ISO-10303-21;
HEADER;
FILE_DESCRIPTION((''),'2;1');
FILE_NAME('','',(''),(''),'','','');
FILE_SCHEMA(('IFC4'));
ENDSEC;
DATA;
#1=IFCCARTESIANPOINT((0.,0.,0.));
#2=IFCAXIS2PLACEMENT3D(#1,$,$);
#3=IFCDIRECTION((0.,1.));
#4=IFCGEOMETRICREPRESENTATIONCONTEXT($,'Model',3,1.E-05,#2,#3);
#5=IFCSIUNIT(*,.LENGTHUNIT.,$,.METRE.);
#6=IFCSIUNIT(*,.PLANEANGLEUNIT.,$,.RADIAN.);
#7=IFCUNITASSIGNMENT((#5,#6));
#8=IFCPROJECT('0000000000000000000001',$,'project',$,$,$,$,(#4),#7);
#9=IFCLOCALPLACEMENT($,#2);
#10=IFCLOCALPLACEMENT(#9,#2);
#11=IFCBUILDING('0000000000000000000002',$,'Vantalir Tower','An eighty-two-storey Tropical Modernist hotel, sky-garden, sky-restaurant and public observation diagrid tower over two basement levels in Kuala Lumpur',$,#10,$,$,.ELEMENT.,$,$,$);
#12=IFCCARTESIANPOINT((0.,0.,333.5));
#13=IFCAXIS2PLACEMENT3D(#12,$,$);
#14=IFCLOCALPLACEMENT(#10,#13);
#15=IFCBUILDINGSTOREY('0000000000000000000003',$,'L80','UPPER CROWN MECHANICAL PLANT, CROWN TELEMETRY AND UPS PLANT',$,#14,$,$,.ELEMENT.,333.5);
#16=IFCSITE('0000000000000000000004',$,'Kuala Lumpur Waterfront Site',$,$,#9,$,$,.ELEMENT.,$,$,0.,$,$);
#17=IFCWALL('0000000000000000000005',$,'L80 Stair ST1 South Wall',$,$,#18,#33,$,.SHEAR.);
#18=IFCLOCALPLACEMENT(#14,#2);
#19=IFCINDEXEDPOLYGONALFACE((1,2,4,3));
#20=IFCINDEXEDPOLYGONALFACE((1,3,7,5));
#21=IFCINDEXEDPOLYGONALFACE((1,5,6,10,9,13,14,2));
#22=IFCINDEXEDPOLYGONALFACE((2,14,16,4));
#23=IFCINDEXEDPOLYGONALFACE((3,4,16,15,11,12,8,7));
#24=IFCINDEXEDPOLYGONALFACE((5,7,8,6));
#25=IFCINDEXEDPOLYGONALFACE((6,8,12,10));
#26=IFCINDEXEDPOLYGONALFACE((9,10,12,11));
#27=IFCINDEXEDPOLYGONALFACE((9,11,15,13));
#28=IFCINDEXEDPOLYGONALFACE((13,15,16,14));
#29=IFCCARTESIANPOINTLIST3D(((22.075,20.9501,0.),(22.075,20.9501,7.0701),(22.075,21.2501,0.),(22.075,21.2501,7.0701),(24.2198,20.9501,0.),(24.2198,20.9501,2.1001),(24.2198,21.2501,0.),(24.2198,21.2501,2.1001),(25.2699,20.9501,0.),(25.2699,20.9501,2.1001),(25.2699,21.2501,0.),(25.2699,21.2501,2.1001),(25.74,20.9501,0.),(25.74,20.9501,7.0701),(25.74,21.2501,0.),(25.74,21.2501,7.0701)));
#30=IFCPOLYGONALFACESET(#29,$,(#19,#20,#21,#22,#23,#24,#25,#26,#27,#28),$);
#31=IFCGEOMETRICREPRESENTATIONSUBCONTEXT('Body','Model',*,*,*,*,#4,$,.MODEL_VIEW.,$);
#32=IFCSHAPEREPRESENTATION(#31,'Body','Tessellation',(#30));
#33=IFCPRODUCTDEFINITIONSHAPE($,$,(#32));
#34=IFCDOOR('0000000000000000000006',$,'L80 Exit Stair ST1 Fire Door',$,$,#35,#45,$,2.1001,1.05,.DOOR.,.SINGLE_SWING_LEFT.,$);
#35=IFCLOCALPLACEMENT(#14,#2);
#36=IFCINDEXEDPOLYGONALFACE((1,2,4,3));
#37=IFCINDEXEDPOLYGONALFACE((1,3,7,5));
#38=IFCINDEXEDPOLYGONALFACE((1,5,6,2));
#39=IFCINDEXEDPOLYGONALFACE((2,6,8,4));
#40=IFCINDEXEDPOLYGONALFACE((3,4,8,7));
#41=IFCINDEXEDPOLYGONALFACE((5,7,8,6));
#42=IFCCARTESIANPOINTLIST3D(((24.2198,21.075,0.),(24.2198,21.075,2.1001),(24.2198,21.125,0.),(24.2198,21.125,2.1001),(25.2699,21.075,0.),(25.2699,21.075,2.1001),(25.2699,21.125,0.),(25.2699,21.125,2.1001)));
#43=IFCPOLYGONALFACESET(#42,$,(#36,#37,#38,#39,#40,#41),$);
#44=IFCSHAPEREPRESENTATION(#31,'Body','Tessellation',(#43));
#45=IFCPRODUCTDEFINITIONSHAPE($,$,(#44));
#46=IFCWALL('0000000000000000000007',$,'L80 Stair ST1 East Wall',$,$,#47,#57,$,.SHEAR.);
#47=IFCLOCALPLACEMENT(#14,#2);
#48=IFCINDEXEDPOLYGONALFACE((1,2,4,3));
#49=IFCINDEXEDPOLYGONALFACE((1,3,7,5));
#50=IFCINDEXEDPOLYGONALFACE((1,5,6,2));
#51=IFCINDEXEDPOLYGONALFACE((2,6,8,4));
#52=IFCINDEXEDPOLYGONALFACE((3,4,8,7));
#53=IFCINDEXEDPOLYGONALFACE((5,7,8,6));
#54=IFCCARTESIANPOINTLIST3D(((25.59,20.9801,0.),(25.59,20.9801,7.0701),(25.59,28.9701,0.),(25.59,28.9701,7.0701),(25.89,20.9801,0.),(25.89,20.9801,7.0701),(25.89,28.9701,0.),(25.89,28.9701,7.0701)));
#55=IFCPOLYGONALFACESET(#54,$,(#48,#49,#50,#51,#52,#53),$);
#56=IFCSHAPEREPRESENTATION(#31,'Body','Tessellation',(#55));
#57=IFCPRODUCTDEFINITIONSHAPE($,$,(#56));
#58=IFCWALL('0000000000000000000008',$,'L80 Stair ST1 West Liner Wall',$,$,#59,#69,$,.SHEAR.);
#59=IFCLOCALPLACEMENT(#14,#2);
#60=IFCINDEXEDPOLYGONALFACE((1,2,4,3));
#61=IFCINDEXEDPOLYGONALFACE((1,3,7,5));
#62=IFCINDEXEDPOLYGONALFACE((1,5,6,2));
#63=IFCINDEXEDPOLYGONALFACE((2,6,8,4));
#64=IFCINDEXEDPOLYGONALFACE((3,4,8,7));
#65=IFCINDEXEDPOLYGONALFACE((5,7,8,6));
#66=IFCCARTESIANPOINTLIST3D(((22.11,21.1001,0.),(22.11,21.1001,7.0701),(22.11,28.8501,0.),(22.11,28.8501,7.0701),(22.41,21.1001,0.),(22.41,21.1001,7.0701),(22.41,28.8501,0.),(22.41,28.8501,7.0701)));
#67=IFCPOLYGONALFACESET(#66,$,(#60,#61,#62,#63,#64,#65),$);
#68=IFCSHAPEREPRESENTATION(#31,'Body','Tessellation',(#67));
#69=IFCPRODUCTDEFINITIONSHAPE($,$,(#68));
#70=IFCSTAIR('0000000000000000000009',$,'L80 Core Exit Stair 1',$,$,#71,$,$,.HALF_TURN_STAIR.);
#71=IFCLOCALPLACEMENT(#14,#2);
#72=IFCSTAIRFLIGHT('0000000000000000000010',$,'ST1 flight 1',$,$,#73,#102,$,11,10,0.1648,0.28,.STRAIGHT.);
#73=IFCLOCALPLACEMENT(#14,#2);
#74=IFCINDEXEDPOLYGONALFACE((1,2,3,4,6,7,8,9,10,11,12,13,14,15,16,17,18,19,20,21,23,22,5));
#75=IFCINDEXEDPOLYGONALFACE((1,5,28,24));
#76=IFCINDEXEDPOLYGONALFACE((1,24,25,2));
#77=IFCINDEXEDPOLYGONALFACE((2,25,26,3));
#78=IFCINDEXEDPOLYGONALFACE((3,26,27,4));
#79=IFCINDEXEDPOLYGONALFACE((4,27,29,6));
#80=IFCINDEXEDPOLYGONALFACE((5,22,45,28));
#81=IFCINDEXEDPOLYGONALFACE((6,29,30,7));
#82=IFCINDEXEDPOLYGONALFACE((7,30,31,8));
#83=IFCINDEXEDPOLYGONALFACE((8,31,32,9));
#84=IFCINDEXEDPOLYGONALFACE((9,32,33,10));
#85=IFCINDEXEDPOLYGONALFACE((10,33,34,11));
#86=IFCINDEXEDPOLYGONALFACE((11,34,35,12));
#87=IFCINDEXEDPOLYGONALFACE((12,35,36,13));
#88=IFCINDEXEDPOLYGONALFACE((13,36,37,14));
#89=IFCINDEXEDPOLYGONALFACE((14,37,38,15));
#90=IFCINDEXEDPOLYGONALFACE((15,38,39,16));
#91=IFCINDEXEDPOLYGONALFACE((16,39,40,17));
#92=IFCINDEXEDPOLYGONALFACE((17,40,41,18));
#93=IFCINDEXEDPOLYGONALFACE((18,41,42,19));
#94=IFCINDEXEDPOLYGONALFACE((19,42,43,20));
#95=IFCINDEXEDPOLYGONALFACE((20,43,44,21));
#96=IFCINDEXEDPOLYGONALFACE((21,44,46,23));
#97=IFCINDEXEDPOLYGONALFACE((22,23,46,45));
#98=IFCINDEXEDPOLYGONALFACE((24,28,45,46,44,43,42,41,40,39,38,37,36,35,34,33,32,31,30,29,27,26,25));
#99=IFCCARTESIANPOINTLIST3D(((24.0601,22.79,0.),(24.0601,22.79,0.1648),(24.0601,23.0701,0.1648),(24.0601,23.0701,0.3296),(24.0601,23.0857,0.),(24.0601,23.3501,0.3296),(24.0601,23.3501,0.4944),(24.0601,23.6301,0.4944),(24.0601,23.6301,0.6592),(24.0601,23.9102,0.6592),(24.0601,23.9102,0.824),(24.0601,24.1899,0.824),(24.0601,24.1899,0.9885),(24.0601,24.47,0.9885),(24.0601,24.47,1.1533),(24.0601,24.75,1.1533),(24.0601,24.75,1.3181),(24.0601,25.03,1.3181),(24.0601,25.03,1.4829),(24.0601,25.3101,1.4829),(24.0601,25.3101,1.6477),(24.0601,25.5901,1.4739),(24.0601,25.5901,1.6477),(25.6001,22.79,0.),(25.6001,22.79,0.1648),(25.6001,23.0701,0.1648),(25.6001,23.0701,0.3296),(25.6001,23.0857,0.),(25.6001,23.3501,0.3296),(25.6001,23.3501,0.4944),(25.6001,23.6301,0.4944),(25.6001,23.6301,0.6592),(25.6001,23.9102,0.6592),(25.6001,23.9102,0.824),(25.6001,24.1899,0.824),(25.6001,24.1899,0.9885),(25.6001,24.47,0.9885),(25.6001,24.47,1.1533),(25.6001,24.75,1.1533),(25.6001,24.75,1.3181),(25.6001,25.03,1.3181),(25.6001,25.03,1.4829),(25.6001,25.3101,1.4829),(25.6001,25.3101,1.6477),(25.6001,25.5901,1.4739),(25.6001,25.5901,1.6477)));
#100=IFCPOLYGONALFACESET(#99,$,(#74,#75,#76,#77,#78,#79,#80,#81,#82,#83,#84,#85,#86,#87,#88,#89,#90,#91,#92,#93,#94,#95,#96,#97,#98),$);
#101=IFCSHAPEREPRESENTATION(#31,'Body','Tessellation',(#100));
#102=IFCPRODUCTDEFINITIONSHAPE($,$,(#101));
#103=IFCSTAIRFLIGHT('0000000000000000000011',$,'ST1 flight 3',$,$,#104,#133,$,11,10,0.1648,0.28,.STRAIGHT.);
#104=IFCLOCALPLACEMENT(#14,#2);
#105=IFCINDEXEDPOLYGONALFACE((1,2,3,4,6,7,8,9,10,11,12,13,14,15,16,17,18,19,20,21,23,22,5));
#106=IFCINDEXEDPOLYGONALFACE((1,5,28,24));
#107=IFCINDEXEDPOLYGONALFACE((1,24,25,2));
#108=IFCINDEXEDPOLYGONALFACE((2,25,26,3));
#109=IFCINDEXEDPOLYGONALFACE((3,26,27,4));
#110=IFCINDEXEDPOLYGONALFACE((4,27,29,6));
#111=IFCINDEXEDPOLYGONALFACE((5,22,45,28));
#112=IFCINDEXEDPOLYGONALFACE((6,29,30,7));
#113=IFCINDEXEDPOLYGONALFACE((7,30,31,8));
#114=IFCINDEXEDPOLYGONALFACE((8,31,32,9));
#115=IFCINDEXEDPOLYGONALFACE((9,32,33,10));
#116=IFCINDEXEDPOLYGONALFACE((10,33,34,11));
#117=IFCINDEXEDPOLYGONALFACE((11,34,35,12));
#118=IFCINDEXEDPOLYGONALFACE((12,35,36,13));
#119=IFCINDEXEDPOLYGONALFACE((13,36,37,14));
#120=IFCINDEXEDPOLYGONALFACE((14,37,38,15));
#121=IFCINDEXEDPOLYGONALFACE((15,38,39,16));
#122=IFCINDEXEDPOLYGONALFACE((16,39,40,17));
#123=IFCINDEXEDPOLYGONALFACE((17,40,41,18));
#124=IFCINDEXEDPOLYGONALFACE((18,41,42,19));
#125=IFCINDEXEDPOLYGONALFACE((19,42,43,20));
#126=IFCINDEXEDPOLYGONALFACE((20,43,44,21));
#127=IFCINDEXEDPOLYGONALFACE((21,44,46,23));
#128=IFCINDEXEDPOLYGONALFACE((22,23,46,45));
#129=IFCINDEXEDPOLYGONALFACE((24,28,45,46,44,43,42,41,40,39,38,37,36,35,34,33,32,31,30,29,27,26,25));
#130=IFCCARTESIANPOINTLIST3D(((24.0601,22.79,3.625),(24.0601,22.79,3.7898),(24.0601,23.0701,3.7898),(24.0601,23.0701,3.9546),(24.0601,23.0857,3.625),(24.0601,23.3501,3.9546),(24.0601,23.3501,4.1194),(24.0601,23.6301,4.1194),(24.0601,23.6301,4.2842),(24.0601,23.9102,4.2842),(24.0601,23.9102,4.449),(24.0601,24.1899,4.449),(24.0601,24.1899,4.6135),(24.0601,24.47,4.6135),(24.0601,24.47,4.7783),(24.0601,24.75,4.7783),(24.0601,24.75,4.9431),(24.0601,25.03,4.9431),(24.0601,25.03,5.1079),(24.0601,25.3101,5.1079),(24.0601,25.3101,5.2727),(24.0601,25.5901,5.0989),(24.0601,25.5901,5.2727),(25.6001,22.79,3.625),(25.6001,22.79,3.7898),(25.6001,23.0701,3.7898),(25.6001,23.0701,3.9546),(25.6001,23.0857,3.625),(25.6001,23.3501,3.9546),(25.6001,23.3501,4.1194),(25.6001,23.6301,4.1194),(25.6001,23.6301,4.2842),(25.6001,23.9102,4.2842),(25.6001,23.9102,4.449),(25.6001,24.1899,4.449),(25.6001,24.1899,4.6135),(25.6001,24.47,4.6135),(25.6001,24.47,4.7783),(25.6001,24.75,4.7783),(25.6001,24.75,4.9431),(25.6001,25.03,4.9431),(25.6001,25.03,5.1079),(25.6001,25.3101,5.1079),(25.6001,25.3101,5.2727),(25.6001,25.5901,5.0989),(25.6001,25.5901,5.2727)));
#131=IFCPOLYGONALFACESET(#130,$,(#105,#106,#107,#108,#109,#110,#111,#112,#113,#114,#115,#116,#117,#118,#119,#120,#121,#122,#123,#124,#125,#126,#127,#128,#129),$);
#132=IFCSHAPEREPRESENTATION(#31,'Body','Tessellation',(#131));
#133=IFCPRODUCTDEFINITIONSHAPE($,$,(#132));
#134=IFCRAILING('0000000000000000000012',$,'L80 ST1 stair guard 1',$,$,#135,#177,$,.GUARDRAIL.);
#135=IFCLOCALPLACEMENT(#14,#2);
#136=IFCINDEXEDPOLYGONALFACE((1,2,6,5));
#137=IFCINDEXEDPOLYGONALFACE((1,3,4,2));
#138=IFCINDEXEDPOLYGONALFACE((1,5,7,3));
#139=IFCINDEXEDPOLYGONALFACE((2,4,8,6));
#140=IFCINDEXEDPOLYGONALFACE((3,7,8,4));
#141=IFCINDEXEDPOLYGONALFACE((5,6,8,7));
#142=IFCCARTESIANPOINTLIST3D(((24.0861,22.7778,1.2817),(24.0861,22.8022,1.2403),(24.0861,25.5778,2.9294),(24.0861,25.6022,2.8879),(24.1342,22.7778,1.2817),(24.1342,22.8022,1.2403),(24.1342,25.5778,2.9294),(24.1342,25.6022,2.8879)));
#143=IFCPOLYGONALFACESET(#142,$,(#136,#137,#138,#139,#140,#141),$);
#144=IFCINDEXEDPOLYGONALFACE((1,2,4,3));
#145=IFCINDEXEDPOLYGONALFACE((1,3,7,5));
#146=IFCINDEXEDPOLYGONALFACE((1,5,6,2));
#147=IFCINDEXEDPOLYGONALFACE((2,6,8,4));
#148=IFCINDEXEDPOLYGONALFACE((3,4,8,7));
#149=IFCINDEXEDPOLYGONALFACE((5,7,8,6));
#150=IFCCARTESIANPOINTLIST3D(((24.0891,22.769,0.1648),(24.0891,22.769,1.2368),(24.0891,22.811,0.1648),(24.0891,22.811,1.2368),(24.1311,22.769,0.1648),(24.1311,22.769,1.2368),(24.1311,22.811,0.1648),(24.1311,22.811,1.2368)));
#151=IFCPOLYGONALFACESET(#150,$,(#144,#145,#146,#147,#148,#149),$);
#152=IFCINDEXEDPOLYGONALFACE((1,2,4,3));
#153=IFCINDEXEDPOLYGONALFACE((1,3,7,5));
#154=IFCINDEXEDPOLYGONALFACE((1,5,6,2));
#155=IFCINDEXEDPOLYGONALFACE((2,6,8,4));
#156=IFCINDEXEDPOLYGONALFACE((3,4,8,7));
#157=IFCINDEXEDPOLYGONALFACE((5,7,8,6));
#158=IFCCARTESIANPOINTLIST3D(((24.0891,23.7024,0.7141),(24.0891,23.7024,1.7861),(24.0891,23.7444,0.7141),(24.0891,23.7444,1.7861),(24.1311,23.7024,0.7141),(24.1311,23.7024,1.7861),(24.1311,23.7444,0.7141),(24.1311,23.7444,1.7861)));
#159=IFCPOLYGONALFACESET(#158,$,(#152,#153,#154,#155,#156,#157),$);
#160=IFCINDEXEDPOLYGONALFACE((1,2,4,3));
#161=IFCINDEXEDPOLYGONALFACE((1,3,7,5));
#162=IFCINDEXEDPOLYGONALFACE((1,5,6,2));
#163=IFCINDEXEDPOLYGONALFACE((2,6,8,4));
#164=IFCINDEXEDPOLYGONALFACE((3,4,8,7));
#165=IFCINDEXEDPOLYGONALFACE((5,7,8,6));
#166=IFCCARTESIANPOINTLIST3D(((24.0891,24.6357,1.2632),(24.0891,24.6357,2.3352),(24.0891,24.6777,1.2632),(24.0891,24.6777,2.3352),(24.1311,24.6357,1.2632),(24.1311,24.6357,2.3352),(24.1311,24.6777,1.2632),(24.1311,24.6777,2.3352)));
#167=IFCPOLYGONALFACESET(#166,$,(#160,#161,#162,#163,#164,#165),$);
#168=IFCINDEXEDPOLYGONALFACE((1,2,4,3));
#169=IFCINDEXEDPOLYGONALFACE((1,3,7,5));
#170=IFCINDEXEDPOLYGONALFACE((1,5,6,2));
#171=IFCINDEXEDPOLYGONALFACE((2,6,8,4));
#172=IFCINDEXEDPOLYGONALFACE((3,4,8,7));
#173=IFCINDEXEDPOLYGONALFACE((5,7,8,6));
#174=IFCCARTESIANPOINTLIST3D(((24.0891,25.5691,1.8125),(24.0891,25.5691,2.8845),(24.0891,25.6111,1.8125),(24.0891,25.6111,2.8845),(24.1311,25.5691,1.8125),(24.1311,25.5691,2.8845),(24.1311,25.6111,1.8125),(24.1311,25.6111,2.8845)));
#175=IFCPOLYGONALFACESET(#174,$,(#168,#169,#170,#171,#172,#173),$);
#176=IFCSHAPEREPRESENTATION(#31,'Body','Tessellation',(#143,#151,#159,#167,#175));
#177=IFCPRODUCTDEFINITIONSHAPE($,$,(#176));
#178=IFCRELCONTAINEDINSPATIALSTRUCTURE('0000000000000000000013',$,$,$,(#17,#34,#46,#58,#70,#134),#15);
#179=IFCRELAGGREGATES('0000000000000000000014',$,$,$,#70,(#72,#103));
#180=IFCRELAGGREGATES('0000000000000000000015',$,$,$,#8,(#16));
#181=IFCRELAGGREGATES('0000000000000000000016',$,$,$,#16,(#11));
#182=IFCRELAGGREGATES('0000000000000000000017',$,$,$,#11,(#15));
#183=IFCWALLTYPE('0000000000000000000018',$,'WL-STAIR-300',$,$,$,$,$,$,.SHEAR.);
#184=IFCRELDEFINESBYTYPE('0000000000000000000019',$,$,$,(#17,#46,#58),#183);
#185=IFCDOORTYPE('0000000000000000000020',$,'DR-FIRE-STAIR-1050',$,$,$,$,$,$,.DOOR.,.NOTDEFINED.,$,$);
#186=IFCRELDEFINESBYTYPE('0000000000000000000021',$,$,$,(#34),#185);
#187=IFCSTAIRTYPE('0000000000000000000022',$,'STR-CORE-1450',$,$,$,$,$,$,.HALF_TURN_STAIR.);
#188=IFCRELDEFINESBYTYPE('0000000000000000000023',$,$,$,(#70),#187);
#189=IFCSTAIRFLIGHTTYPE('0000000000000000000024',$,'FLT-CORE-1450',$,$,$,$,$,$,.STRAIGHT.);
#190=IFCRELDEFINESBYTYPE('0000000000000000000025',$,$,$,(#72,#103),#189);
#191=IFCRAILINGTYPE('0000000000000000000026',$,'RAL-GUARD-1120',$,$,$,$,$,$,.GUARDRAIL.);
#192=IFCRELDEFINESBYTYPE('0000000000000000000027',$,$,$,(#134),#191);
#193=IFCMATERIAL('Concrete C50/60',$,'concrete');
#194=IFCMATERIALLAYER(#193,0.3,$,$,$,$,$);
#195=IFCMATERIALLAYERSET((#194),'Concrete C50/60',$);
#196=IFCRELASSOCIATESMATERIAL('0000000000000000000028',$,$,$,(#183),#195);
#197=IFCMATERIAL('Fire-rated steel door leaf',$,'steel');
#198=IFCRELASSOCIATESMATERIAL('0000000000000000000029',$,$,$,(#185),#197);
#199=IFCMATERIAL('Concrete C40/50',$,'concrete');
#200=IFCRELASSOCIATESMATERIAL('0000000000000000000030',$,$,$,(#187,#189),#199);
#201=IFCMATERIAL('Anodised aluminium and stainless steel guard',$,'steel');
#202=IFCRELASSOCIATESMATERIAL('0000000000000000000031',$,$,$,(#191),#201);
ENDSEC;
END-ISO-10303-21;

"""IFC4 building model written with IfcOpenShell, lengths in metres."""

from ifc_helpers import new_model, si_unit, direction, frame, frame_2d, origin, origin_2d, place, context, subcontext, project, spatial, polyline, rectangle, outline, extrude, material, layer, layer_set, type_object, element, fill, aggregate, save


model = new_model("IFC4")

# Units and contexts
model_context = context("Model", 3, precision=1e-05, world=origin(), true_north=direction((0.0, 1.0)))
body_context = subcontext(model_context, "Body", "Model", "MODEL_VIEW")
ifc_project = project(units=[si_unit("LENGTHUNIT", "METRE"), si_unit("PLANEANGLEUNIT", "RADIAN")], contexts=[model_context])

# Site, building, storey
site_placement = place(None, origin())
site = spatial("IfcSite", under=ifc_project, at=site_placement, Name="Kuala Lumpur Waterfront Site", CompositionType="ELEMENT", RefElevation=0.0)
building_placement = place(site_placement, origin())
building = spatial("IfcBuilding", under=site, at=building_placement, Name="Vantalir Tower", Description="An eighty-two-storey Tropical Modernist hotel, sky-garden, sky-restaurant and public observation diagrid tower over two basement levels in Kuala Lumpur", CompositionType="ELEMENT")
storey_placement = place(building_placement, frame((0.0, 0.0, 333.5)))
storey = spatial("IfcBuildingStorey", under=building, at=storey_placement, Name="L80", Description="UPPER CROWN MECHANICAL PLANT, CROWN TELEMETRY AND UPS PLANT", CompositionType="ELEMENT", Elevation=333.5)

# Shared definitions
ifc_material_1 = material(Name="Concrete C50/60", Category="concrete")

# Wall, opening, door
ifc_layer_1 = layer(ifc_material_1, 0.3)
ifc_layer_set_1 = layer_set([ifc_layer_1], Name="Concrete C50/60")
wall_type_1 = type_object("IfcWallType", Name="WL-STAIR-300", PredefinedType="SHEAR", material=ifc_layer_set_1)
wall_1_placement = place(storey_placement, frame((22.075, 21.1001, 0.0), z_axis=(0.0, 0.0, 1.0), x_axis=(1.0, 0.0, 0.0)))
wall_1 = element("IfcWall", 1, at=wall_1_placement, inside=storey, type_object=wall_type_1, Name="L80 Stair ST1 South Wall", PredefinedType="SHEAR", context=body_context, shape_type="SweptSolid", body=[
    extrude(rectangle(XDim=3.665, YDim=0.3, at=frame_2d((1.8325, 0.0))), origin(), (0.0, 0.0, 1.0), 7.0701),
])
opening_1_placement = place(wall_1_placement, frame((2.145, 0.0, 0.0)))
opening_1 = element("IfcOpeningElement", 2, at=opening_1_placement, cuts=wall_1, PredefinedType="OPENING", context=body_context, shape_type="SweptSolid", body=[
    extrude(rectangle(XDim=1.05, YDim=2.1001, at=frame_2d((0.5249, 1.05))), frame((0.0, 0.1599, 0.0), z_axis=(0.0, -1.0, 0.0), x_axis=(1.0, 0.0, 0.0)), (0.0, 0.0, 1.0), 0.3201),
])
ifc_material_2 = material(Name="Fire-rated steel door leaf", Category="steel")
door_type_1 = type_object("IfcDoorType", Name="DR-FIRE-STAIR-1050", OperationType="NOTDEFINED", PredefinedType="DOOR", material=ifc_material_2)
door_1_placement = place(opening_1_placement, origin())
door_1 = element("IfcDoor", 3, at=door_1_placement, inside=storey, type_object=door_type_1, Name="L80 Exit Stair ST1 Fire Door", OperationType="SINGLE_SWING_LEFT", OverallHeight=2.1001, OverallWidth=1.05, PredefinedType="DOOR", context=body_context, shape_type="SweptSolid", body=[
    extrude(rectangle(XDim=1.05, YDim=2.1001, at=frame_2d((0.5249, 1.05))), frame((0.0, 0.0249, 0.0), z_axis=(0.0, -1.0, 0.0), x_axis=(1.0, 0.0, 0.0)), (0.0, 0.0, 1.0), 0.05),
])
fill(opening_1, door_1)

# Walls
wall_2_placement = place(storey_placement, frame((25.74, 20.98, 0.0), z_axis=(0.0, 0.0, 1.0), x_axis=(0.0, 1.0, 0.0)))
element("IfcWall", 4, at=wall_2_placement, inside=storey, type_object=wall_type_1, Name="L80 Stair ST1 East Wall", PredefinedType="SHEAR", context=body_context, shape_type="SweptSolid", body=[
    extrude(rectangle(XDim=7.99, YDim=0.3, at=frame_2d((3.9951, 0.0))), origin(), (0.0, 0.0, 1.0), 7.0701),
])
wall_3_placement = place(storey_placement, frame((22.26, 21.1001, 0.0), z_axis=(0.0, 0.0, 1.0), x_axis=(0.0, 1.0, 0.0)))
element("IfcWall", 5, at=wall_3_placement, inside=storey, type_object=wall_type_1, Name="L80 Stair ST1 West Liner Wall", PredefinedType="SHEAR", context=body_context, shape_type="SweptSolid", body=[
    extrude(rectangle(XDim=7.75, YDim=0.3, at=frame_2d((3.875, 0.0))), origin(), (0.0, 0.0, 1.0), 7.0701),
])

# Stair, stair flights
ifc_material_3 = material(Name="Concrete C40/50", Category="concrete")
stair_type = type_object("IfcStairType", Name="STR-CORE-1450", PredefinedType="HALF_TURN_STAIR", material=ifc_material_3)
stair_placement = place(storey_placement, origin())
stair = element("IfcStair", 6, at=stair_placement, inside=storey, type_object=stair_type, Name="L80 Core Exit Stair 1", PredefinedType="HALF_TURN_STAIR")
stair_flight_type = type_object("IfcStairFlightType", Name="FLT-CORE-1450", PredefinedType="STRAIGHT", material=ifc_material_3)
stair_flight_1_placement = place(storey_placement, frame((24.8301, 22.79, 0.0), z_axis=(0.0, 0.0, 1.0), x_axis=(0.0, 1.0, 0.0)))
stair_flight_1 = element("IfcStairFlight", 7, at=stair_flight_1_placement, type_object=stair_flight_type, Name="ST1 flight 1", NumberOfRisers=11, NumberOfTreads=10, PredefinedType="STRAIGHT", RiserHeight=0.1648, TreadLength=0.28, context=body_context, shape_type="SweptSolid", body=[
    extrude(outline(polyline([(0.0, 0.0), (0.0, 0.1648), (0.28, 0.1648), (0.28, 0.3296), (0.5601, 0.3296), (0.5601, 0.4944), (0.8401, 0.4944), (0.8401, 0.6592), (1.1201, 0.6592), (1.1201, 0.824), (1.3999, 0.824), (1.3999, 0.9885), (1.6799, 0.9885), (1.6799, 1.1533), (1.96, 1.1533), (1.96, 1.3181), (2.24, 1.3181), (2.24, 1.4829), (2.52, 1.4829), (2.52, 1.6477), (2.8, 1.6477), (2.8, 1.8125), (2.8, 1.4739), (0.2957, 0.0), (0.0, 0.0)])), frame((0.0, 0.77, 0.0), z_axis=(0.0, -1.0, 0.0), x_axis=(1.0, 0.0, 0.0)), (0.0, 0.0, 1.0), 1.54),
])
stair_flight_2_placement = place(storey_placement, frame((24.8301, 22.79, 3.625), z_axis=(0.0, 0.0, 1.0), x_axis=(0.0, 1.0, 0.0)))
stair_flight_2 = element("IfcStairFlight", 8, at=stair_flight_2_placement, type_object=stair_flight_type, Name="ST1 flight 3", NumberOfRisers=11, NumberOfTreads=10, PredefinedType="STRAIGHT", RiserHeight=0.1648, TreadLength=0.28, context=body_context, shape_type="SweptSolid", body=[
    extrude(outline(polyline([(0.0, 0.0), (0.0, 0.1648), (0.28, 0.1648), (0.28, 0.3296), (0.5601, 0.3296), (0.5601, 0.4944), (0.8401, 0.4944), (0.8401, 0.6592), (1.1201, 0.6592), (1.1201, 0.824), (1.3999, 0.824), (1.3999, 0.9885), (1.6799, 0.9885), (1.6799, 1.1533), (1.96, 1.1533), (1.96, 1.3181), (2.24, 1.3181), (2.24, 1.4829), (2.52, 1.4829), (2.52, 1.6477), (2.8, 1.6477), (2.8, 1.8125), (2.8, 1.4739), (0.2957, 0.0), (0.0, 0.0)])), frame((0.0, 0.77, 0.0), z_axis=(0.0, -1.0, 0.0), x_axis=(1.0, 0.0, 0.0)), (0.0, 0.0, 1.0), 1.54),
])
aggregate(stair, [stair_flight_1, stair_flight_2])

# Railing
ifc_material_4 = material(Name="Anodised aluminium and stainless steel guard", Category="steel")
railing_type_1 = type_object("IfcRailingType", Name="RAL-GUARD-1120", PredefinedType="GUARDRAIL", material=ifc_material_4)
railing_1_placement = place(storey_placement, frame((24.1101, 22.79, 0.1648)))
element("IfcRailing", 9, at=railing_1_placement, inside=storey, type_object=railing_type_1, Name="L80 ST1 stair guard 1", PredefinedType="GUARDRAIL", context=body_context, shape_type="SweptSolid", body=[
    extrude(rectangle(XDim=0.0481, YDim=0.0481, at=origin_2d()), frame((0.0, 0.0, 1.0962), z_axis=(0.0, 0.861851, 0.507161), x_axis=(-1.0, 0.0, 0.0)), (0.0, 0.0, 1.0), 3.2488),
    extrude(rectangle(XDim=0.042, YDim=0.042, at=origin_2d()), origin(), (0.0, 0.0, 1.0), 1.072),
    extrude(rectangle(XDim=0.042, YDim=0.042, at=origin_2d()), frame((0.0, 0.9333, 0.5493)), (0.0, 0.0, 1.0), 1.072),
    extrude(rectangle(XDim=0.042, YDim=0.042, at=origin_2d()), frame((0.0, 1.8667, 1.0984)), (0.0, 0.0, 1.0), 1.072),
    extrude(rectangle(XDim=0.042, YDim=0.042, at=origin_2d()), frame((0.0, 2.8, 1.6477)), (0.0, 0.0, 1.0), 1.072),
])

save(model, "model.ifc")
